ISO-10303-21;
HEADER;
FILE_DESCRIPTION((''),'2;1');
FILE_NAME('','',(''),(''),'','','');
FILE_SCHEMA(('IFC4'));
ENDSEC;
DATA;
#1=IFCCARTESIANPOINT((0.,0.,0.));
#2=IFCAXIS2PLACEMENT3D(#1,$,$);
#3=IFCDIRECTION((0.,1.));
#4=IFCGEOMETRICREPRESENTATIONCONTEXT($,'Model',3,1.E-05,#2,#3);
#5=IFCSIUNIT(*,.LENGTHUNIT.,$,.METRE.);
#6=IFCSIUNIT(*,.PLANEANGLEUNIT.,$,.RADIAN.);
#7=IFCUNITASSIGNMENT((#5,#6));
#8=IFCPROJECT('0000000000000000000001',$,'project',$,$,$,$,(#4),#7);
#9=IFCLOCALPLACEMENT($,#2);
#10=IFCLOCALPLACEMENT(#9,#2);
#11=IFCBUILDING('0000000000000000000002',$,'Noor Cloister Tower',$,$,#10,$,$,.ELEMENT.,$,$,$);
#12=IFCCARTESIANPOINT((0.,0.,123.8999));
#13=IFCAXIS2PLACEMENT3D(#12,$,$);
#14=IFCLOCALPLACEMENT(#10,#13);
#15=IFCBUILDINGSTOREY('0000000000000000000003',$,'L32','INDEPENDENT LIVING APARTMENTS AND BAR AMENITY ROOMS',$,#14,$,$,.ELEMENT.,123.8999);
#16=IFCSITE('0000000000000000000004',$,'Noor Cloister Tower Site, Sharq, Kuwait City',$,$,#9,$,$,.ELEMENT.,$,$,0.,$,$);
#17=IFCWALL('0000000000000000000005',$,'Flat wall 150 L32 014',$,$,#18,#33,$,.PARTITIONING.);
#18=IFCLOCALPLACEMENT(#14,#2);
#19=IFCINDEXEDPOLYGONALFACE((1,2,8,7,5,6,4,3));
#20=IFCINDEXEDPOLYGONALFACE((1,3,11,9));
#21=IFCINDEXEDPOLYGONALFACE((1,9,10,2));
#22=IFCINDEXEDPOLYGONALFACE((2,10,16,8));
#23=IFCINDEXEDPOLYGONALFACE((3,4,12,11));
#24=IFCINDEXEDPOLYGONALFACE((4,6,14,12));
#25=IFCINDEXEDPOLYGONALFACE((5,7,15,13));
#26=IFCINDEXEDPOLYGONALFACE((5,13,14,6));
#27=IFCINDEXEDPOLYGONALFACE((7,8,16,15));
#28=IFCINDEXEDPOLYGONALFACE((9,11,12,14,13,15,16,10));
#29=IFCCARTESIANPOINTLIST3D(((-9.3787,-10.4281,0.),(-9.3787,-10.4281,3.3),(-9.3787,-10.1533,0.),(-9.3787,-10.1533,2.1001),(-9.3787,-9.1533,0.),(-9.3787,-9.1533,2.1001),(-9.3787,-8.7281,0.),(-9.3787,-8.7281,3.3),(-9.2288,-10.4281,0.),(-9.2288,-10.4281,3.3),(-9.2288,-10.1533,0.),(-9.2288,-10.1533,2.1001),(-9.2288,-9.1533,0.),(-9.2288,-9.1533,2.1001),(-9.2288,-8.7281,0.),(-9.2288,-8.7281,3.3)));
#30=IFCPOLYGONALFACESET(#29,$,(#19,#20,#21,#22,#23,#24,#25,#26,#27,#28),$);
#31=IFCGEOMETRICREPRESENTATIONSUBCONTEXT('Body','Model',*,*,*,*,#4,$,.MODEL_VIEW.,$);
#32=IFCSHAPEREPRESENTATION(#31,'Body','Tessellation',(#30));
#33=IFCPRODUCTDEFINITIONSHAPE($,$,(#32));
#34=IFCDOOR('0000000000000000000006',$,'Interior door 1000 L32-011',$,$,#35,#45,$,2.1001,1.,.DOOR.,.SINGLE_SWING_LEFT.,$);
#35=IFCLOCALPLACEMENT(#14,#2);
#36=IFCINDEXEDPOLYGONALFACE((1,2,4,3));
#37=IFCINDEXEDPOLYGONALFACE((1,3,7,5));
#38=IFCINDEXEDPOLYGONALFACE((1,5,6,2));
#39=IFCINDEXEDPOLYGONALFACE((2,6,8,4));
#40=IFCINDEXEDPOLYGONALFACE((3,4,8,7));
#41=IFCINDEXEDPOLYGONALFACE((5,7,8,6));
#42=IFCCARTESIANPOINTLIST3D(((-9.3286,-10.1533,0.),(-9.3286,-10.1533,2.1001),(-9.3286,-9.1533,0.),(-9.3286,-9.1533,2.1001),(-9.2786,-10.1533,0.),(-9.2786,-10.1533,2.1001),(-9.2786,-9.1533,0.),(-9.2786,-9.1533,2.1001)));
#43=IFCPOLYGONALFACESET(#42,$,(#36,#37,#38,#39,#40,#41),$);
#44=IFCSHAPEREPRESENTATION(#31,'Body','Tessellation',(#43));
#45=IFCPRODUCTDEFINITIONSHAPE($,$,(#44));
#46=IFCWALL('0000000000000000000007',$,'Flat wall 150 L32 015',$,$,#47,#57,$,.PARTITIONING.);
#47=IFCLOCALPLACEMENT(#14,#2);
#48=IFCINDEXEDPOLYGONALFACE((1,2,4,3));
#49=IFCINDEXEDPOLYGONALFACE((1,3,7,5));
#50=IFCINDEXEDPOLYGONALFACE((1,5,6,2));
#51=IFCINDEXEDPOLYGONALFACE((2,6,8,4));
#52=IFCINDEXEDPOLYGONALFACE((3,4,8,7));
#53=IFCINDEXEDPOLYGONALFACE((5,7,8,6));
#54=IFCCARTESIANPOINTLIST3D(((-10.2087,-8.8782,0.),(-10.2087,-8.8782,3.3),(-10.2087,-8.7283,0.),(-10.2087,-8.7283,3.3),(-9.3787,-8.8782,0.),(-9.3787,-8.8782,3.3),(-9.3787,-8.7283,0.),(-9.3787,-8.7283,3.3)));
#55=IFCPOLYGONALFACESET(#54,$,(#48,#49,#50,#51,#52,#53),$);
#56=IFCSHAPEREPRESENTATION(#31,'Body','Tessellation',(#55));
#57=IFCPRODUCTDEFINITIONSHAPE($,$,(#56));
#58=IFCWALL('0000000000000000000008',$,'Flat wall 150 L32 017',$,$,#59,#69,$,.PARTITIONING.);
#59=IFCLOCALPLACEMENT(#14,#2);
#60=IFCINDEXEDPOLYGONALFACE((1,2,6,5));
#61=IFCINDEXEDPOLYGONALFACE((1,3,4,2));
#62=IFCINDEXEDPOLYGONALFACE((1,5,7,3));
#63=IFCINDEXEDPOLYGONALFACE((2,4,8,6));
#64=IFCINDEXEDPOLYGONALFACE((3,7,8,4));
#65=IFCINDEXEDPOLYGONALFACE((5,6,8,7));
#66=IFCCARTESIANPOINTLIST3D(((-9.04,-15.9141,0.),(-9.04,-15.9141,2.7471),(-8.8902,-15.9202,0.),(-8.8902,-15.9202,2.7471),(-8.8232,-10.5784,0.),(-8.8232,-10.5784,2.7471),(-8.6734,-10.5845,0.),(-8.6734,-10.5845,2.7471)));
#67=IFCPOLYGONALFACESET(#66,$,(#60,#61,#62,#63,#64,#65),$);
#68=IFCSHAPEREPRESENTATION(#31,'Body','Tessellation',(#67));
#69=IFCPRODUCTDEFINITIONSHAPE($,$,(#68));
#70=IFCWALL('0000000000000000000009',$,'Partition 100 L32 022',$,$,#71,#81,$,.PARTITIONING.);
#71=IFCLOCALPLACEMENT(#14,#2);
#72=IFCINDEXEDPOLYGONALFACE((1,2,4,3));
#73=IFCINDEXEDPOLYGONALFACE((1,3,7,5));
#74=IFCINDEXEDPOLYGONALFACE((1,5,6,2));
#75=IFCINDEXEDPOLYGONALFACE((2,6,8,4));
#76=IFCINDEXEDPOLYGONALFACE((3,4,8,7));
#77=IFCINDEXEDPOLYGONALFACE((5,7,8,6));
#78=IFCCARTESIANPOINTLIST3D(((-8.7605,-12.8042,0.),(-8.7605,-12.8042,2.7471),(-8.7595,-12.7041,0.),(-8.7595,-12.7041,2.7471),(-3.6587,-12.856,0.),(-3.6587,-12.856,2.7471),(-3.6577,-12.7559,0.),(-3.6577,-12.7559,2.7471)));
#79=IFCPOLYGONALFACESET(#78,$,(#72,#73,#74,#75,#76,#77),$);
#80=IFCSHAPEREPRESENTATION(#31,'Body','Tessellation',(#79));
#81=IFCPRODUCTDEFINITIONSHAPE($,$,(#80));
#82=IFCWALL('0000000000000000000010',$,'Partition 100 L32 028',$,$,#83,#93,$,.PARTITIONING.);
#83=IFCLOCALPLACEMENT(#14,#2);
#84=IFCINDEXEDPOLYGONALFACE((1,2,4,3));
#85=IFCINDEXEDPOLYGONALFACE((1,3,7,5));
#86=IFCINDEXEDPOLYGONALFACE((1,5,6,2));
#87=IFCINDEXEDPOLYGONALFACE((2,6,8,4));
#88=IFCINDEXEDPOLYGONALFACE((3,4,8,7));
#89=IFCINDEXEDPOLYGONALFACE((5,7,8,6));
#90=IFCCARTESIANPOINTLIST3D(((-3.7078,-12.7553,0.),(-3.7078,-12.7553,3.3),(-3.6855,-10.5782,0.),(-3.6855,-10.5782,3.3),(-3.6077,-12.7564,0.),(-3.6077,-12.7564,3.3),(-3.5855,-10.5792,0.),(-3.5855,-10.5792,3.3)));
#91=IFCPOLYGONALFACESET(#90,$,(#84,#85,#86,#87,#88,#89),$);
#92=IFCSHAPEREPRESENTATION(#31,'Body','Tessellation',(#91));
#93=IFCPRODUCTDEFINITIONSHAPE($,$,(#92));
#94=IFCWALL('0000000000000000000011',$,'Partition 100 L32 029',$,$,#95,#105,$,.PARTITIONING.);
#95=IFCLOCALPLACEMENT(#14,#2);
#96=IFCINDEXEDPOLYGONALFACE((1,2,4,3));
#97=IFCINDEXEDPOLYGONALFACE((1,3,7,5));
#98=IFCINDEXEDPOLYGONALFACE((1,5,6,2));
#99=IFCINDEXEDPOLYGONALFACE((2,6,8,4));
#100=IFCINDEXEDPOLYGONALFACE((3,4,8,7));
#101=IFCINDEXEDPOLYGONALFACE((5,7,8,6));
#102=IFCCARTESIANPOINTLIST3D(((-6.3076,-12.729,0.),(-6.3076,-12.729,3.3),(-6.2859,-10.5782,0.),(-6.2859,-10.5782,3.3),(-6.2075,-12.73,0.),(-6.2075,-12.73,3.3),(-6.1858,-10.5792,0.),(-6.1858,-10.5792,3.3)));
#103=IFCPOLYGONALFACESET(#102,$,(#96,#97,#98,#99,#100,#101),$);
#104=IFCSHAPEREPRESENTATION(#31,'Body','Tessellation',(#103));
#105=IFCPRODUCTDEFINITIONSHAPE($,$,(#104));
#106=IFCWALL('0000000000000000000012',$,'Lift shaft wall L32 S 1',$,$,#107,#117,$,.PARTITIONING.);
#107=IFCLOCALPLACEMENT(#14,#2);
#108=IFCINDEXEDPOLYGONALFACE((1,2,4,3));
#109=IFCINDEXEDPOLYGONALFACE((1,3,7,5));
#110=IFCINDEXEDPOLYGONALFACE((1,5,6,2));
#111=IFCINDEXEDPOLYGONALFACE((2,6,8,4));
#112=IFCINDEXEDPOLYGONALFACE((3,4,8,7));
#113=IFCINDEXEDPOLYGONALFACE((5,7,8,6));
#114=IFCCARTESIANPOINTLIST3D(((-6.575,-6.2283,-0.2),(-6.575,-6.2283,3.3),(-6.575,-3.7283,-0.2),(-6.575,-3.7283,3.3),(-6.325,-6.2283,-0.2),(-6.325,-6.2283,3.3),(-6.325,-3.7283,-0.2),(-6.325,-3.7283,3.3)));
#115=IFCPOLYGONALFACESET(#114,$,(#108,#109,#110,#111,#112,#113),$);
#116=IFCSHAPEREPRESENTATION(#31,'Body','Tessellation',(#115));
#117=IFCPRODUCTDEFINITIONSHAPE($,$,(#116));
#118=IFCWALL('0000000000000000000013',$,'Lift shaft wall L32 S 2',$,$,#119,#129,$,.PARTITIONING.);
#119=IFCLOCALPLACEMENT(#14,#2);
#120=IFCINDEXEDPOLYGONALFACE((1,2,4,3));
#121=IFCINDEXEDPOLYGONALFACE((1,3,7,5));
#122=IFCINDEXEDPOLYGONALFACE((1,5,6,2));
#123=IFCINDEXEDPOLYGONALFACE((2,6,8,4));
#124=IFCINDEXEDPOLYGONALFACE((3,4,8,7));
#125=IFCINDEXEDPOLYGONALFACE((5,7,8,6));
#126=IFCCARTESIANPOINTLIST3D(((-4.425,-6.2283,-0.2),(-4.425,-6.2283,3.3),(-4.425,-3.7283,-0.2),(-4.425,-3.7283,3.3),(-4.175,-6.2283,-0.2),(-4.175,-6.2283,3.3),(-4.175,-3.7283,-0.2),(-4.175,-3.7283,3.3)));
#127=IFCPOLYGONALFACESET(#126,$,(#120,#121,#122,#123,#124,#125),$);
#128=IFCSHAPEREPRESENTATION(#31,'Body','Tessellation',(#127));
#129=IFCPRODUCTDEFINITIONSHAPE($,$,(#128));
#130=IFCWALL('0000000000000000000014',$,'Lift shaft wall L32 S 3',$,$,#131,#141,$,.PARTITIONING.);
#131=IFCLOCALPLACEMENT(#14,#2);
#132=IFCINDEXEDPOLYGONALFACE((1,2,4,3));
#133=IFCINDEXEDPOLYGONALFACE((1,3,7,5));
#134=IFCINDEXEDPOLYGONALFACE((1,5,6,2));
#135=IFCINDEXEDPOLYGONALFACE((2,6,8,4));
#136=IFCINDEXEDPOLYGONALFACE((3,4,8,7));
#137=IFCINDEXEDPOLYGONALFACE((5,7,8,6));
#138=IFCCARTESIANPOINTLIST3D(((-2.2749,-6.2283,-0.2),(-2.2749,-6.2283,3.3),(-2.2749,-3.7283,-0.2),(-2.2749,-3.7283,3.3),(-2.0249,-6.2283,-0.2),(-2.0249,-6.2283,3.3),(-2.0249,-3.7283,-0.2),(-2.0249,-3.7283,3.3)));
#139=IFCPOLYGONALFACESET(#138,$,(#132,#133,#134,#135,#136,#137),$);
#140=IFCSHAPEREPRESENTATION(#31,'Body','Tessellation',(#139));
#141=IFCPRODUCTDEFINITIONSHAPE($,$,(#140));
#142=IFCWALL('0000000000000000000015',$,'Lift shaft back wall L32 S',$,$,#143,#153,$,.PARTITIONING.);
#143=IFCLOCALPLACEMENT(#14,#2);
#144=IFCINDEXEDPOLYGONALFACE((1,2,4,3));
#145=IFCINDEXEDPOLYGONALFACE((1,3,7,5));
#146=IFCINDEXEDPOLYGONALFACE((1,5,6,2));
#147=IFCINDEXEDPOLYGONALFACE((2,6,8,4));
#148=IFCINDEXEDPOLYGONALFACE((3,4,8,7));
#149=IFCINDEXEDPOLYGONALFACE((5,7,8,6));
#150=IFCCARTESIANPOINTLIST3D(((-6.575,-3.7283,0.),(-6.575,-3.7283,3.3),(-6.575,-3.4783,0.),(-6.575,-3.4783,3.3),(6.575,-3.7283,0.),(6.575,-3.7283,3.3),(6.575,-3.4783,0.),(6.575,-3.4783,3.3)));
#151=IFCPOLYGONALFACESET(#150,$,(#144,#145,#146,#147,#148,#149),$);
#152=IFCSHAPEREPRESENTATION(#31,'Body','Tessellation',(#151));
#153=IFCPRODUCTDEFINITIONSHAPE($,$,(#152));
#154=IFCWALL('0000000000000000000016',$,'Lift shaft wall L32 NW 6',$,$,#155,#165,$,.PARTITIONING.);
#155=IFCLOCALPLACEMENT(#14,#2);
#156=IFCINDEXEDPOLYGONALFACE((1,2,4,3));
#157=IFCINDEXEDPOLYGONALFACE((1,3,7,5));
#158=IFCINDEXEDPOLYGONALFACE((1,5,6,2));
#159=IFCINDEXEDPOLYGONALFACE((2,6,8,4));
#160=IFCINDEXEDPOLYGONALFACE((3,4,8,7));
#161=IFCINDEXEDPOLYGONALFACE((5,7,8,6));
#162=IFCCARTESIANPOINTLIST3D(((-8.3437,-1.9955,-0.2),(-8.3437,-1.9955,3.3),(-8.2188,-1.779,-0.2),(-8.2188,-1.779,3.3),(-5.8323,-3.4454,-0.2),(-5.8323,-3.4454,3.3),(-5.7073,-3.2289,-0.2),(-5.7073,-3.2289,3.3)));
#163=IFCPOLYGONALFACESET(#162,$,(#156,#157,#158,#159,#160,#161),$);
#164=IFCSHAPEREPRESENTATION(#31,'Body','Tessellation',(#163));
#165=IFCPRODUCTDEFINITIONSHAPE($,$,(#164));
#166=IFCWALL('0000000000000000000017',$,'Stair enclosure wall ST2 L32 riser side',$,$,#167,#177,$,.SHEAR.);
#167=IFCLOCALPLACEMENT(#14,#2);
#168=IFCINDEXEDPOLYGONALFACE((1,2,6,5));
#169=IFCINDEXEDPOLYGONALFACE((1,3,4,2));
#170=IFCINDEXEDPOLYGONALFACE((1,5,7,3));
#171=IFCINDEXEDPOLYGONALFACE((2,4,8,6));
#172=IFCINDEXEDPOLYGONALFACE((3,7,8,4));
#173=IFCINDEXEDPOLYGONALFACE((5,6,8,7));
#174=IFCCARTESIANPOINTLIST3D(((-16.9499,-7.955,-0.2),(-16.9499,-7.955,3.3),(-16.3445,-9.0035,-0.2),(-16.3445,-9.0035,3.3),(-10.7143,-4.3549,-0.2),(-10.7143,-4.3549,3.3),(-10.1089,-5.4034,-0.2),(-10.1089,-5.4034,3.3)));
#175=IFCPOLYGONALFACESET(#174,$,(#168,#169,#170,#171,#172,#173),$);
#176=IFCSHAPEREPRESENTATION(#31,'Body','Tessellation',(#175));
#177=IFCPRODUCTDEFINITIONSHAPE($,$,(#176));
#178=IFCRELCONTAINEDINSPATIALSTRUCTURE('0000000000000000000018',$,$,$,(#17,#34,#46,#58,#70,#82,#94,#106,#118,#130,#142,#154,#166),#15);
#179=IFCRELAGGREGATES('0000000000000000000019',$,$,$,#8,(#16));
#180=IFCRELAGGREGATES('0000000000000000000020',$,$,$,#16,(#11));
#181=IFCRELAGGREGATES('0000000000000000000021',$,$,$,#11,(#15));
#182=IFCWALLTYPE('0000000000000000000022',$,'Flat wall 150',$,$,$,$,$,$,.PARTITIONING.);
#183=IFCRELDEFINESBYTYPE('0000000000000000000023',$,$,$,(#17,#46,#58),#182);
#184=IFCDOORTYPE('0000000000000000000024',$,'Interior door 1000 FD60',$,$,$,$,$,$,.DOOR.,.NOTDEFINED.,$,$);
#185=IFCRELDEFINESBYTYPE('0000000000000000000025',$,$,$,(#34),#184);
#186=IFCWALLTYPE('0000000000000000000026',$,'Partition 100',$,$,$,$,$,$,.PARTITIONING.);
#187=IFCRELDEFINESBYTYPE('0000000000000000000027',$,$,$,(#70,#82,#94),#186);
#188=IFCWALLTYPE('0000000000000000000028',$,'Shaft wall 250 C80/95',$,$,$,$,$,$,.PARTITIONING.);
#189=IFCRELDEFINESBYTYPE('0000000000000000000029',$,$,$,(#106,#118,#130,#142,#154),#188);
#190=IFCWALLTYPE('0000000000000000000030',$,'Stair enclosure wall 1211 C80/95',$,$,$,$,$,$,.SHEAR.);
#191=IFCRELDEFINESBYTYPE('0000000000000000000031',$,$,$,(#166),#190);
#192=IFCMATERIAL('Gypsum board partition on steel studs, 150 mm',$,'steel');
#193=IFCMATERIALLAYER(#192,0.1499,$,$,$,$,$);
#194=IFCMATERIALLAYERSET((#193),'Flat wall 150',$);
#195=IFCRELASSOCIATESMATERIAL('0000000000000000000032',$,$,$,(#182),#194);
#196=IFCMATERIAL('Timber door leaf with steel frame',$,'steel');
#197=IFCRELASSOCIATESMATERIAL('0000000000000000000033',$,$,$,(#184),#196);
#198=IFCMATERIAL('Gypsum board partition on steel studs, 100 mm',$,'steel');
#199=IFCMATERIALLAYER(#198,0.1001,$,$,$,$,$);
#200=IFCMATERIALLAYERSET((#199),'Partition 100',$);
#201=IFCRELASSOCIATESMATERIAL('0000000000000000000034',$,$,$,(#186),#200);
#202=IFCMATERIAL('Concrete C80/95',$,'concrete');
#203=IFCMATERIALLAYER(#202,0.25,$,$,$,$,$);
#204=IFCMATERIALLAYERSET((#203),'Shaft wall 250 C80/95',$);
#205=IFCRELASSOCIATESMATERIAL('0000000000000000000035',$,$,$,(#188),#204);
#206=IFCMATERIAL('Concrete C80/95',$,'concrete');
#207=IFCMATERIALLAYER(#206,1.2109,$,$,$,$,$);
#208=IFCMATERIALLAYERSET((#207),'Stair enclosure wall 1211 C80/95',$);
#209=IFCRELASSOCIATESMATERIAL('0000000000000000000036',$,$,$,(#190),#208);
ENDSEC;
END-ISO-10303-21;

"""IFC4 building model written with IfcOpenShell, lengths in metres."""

from ifc_helpers import new_model, si_unit, direction, frame, frame_2d, origin, place, context, subcontext, project, spatial, rectangle, extrude, material, layer, layer_set, type_object, element, fill, save


model = new_model("IFC4")

# Units and contexts
model_context = context("Model", 3, precision=1e-05, world=origin(), true_north=direction((0.0, 1.0)))
body_context = subcontext(model_context, "Body", "Model", "MODEL_VIEW")
ifc_project = project(units=[si_unit("LENGTHUNIT", "METRE"), si_unit("PLANEANGLEUNIT", "RADIAN")], contexts=[model_context])

# Site, building, storey
site_placement = place(None, origin())
site = spatial("IfcSite", under=ifc_project, at=site_placement, Name="Noor Cloister Tower Site, Sharq, Kuwait City", CompositionType="ELEMENT", RefElevation=0.0)
building_placement = place(site_placement, origin())
building = spatial("IfcBuilding", under=site, at=building_placement, Name="Noor Cloister Tower", CompositionType="ELEMENT")
storey_placement = place(building_placement, frame((0.0, 0.0, 123.8999)))
storey = spatial("IfcBuildingStorey", under=building, at=storey_placement, Name="L32", Description="INDEPENDENT LIVING APARTMENTS AND BAR AMENITY ROOMS", CompositionType="ELEMENT", Elevation=123.8999)

# Wall, opening, door
ifc_material_1 = material(Name="Gypsum board partition on steel studs, 150 mm", Category="steel")
ifc_layer_1 = layer(ifc_material_1, 0.1499)
ifc_layer_set_1 = layer_set([ifc_layer_1], Name="Flat wall 150")
wall_type_1 = type_object("IfcWallType", Name="Flat wall 150", PredefinedType="PARTITIONING", material=ifc_layer_set_1)
wall_1_placement = place(storey_placement, frame((-9.3037, -10.4282, 0.0), z_axis=(0.0, 0.0, 1.0), x_axis=(0.0, 1.0, 0.0)))
wall_1 = element("IfcWall", 1, at=wall_1_placement, inside=storey, type_object=wall_type_1, Name="Flat wall 150 L32 014", PredefinedType="PARTITIONING", context=body_context, shape_type="SweptSolid", body=[
    extrude(rectangle(XDim=1.7, YDim=0.1499, at=frame_2d((0.8501, 0.0))), origin(), (0.0, 0.0, 1.0), 3.3),
])
opening_1_placement = place(wall_1_placement, frame((0.2749, 0.0, 0.0)))
opening_1 = element("IfcOpeningElement", 2, at=opening_1_placement, cuts=wall_1, PredefinedType="OPENING", context=body_context, shape_type="SweptSolid", body=[
    extrude(rectangle(XDim=1.0, YDim=2.1001, at=frame_2d((0.5, 1.05))), frame((0.0, 0.085, 0.0), z_axis=(0.0, -1.0, 0.0), x_axis=(1.0, 0.0, 0.0)), (0.0, 0.0, 1.0), 0.1699),
])
ifc_material_2 = material(Name="Timber door leaf with steel frame", Category="steel")
door_type_1 = type_object("IfcDoorType", Name="Interior door 1000 FD60", OperationType="NOTDEFINED", PredefinedType="DOOR", material=ifc_material_2)
door_1_placement = place(opening_1_placement, origin())
door_1 = element("IfcDoor", 3, at=door_1_placement, inside=storey, type_object=door_type_1, Name="Interior door 1000 L32-011", OperationType="SINGLE_SWING_LEFT", OverallHeight=2.1001, OverallWidth=1.0, PredefinedType="DOOR", context=body_context, shape_type="SweptSolid", body=[
    extrude(rectangle(XDim=1.0, YDim=2.1001, at=frame_2d((0.5, 1.05))), frame((0.0, 0.0249, 0.0), z_axis=(0.0, -1.0, 0.0), x_axis=(1.0, 0.0, 0.0)), (0.0, 0.0, 1.0), 0.05),
])
fill(opening_1, door_1)

# Walls
wall_2_placement = place(storey_placement, frame((-10.2087, -8.8032, 0.0), z_axis=(0.0, 0.0, 1.0), x_axis=(1.0, 0.0, 0.0)))
element("IfcWall", 4, at=wall_2_placement, inside=storey, type_object=wall_type_1, Name="Flat wall 150 L32 015", PredefinedType="PARTITIONING", context=body_context, shape_type="SweptSolid", body=[
    extrude(rectangle(XDim=0.8301, YDim=0.1499, at=frame_2d((0.415, 0.0))), origin(), (0.0, 0.0, 1.0), 3.3),
])
wall_3_placement = place(storey_placement, frame((-8.9651, -15.917, 0.0), z_axis=(0.0, 0.0, 1.0), x_axis=(0.040598, 0.999176, 0.0)))
element("IfcWall", 5, at=wall_3_placement, inside=storey, type_object=wall_type_1, Name="Flat wall 150 L32 017", PredefinedType="PARTITIONING", context=body_context, shape_type="SweptSolid", body=[
    extrude(rectangle(XDim=5.3401, YDim=0.1499, at=frame_2d((2.6699, 0.0))), origin(), (0.0, 0.0, 1.0), 2.7471),
])
ifc_material_3 = material(Name="Gypsum board partition on steel studs, 100 mm", Category="steel")
ifc_layer_2 = layer(ifc_material_3, 0.1001)
ifc_layer_set_2 = layer_set([ifc_layer_2], Name="Partition 100")
wall_type_2 = type_object("IfcWallType", Name="Partition 100", PredefinedType="PARTITIONING", material=ifc_layer_set_2)
wall_4_placement = place(storey_placement, frame((-8.76, -12.7542, 0.0), z_axis=(0.0, 0.0, 1.0), x_axis=(0.999949, -0.010144, 0.0)))
element("IfcWall", 6, at=wall_4_placement, inside=storey, type_object=wall_type_2, Name="Partition 100 L32 022", PredefinedType="PARTITIONING", context=body_context, shape_type="SweptSolid", body=[
    extrude(rectangle(XDim=5.1021, YDim=0.1001, at=frame_2d((2.551, 0.0))), origin(), (0.0, 0.0, 1.0), 2.7471),
])
wall_5_placement = place(storey_placement, frame((-3.6577, -12.7559, 0.0), z_axis=(0.0, 0.0, 1.0), x_axis=(0.010204, 0.999948, 0.0)))
element("IfcWall", 7, at=wall_5_placement, inside=storey, type_object=wall_type_2, Name="Partition 100 L32 028", PredefinedType="PARTITIONING", context=body_context, shape_type="SweptSolid", body=[
    extrude(rectangle(XDim=2.1772, YDim=0.1001, at=frame_2d((1.0886, 0.0))), origin(), (0.0, 0.0, 1.0), 3.3),
])
wall_6_placement = place(storey_placement, frame((-6.2576, -12.7295, 0.0), z_axis=(0.0, 0.0, 1.0), x_axis=(0.010102, 0.999949, 0.0)))
element("IfcWall", 8, at=wall_6_placement, inside=storey, type_object=wall_type_2, Name="Partition 100 L32 029", PredefinedType="PARTITIONING", context=body_context, shape_type="SweptSolid", body=[
    extrude(rectangle(XDim=2.1509, YDim=0.1001, at=frame_2d((1.0754, 0.0))), origin(), (0.0, 0.0, 1.0), 3.3),
])
ifc_material_4 = material(Name="Concrete C80/95", Category="concrete")
ifc_layer_3 = layer(ifc_material_4, 0.25)
ifc_layer_set_3 = layer_set([ifc_layer_3], Name="Shaft wall 250 C80/95")
wall_type_3 = type_object("IfcWallType", Name="Shaft wall 250 C80/95", PredefinedType="PARTITIONING", material=ifc_layer_set_3)
for number, where, z_axis, x_axis, name in (
    (9, (-6.45, -6.2283, -0.2), (0.0, 0.0, 1.0), (0.0, 1.0, 0.0), "Lift shaft wall L32 S 1"),
    (10, (-4.3, -6.2283, -0.2), (0.0, 0.0, 1.0), (0.0, 1.0, 0.0), "Lift shaft wall L32 S 2"),
    (11, (-2.1499, -6.2283, -0.2), (0.0, 0.0, 1.0), (0.0, 1.0, 0.0), "Lift shaft wall L32 S 3"),
):
    element("IfcWall", number, at=place(storey_placement, frame(where, z_axis=z_axis, x_axis=x_axis)), inside=storey, type_object=wall_type_3, Name=name, PredefinedType="PARTITIONING", context=body_context, shape_type="SweptSolid", body=[
        extrude(rectangle(XDim=2.5, YDim=0.25, at=frame_2d((1.25, 0.0))), origin(), (0.0, 0.0, 1.0), 3.5),
    ])
wall_7_placement = place(storey_placement, frame((-6.575, -3.6033, 0.0), z_axis=(0.0, 0.0, 1.0), x_axis=(1.0, 0.0, 0.0)))
element("IfcWall", 12, at=wall_7_placement, inside=storey, type_object=wall_type_3, Name="Lift shaft back wall L32 S", PredefinedType="PARTITIONING", context=body_context, shape_type="SweptSolid", body=[
    extrude(rectangle(XDim=13.1499, YDim=0.25, at=frame_2d((6.575, 0.0))), origin(), (0.0, 0.0, 1.0), 3.3),
])
wall_8_placement = place(storey_placement, frame((-8.2812, -1.8872, -0.2), z_axis=(0.0, 0.0, 1.0), x_axis=(0.866033, -0.499987, 0.0)))
element("IfcWall", 13, at=wall_8_placement, inside=storey, type_object=wall_type_3, Name="Lift shaft wall L32 NW 6", PredefinedType="PARTITIONING", context=body_context, shape_type="SweptSolid", body=[
    extrude(rectangle(XDim=2.8999, YDim=0.25, at=frame_2d((1.45, 0.0))), origin(), (0.0, 0.0, 1.0), 3.5),
])
ifc_material_5 = material(Name="Concrete C80/95", Category="concrete")
ifc_layer_4 = layer(ifc_material_5, 1.2109)
ifc_layer_set_4 = layer_set([ifc_layer_4], Name="Stair enclosure wall 1211 C80/95")
wall_type_4 = type_object("IfcWallType", Name="Stair enclosure wall 1211 C80/95", PredefinedType="SHEAR", material=ifc_layer_set_4)
wall_9_placement = place(storey_placement, frame((-10.4116, -4.8792, -0.2), z_axis=(0.0, 0.0, 1.0), x_axis=(-0.866027, -0.499997, 0.0)))
element("IfcWall", 14, at=wall_9_placement, inside=storey, type_object=wall_type_4, Name="Stair enclosure wall ST2 L32 riser side", PredefinedType="SHEAR", context=body_context, shape_type="SweptSolid", body=[
    extrude(rectangle(XDim=7.2002, YDim=1.2107, at=frame_2d((3.6001, 0.0))), origin(), (0.0, 0.0, 1.0), 3.5),
])

save(model, "model.ifc")
